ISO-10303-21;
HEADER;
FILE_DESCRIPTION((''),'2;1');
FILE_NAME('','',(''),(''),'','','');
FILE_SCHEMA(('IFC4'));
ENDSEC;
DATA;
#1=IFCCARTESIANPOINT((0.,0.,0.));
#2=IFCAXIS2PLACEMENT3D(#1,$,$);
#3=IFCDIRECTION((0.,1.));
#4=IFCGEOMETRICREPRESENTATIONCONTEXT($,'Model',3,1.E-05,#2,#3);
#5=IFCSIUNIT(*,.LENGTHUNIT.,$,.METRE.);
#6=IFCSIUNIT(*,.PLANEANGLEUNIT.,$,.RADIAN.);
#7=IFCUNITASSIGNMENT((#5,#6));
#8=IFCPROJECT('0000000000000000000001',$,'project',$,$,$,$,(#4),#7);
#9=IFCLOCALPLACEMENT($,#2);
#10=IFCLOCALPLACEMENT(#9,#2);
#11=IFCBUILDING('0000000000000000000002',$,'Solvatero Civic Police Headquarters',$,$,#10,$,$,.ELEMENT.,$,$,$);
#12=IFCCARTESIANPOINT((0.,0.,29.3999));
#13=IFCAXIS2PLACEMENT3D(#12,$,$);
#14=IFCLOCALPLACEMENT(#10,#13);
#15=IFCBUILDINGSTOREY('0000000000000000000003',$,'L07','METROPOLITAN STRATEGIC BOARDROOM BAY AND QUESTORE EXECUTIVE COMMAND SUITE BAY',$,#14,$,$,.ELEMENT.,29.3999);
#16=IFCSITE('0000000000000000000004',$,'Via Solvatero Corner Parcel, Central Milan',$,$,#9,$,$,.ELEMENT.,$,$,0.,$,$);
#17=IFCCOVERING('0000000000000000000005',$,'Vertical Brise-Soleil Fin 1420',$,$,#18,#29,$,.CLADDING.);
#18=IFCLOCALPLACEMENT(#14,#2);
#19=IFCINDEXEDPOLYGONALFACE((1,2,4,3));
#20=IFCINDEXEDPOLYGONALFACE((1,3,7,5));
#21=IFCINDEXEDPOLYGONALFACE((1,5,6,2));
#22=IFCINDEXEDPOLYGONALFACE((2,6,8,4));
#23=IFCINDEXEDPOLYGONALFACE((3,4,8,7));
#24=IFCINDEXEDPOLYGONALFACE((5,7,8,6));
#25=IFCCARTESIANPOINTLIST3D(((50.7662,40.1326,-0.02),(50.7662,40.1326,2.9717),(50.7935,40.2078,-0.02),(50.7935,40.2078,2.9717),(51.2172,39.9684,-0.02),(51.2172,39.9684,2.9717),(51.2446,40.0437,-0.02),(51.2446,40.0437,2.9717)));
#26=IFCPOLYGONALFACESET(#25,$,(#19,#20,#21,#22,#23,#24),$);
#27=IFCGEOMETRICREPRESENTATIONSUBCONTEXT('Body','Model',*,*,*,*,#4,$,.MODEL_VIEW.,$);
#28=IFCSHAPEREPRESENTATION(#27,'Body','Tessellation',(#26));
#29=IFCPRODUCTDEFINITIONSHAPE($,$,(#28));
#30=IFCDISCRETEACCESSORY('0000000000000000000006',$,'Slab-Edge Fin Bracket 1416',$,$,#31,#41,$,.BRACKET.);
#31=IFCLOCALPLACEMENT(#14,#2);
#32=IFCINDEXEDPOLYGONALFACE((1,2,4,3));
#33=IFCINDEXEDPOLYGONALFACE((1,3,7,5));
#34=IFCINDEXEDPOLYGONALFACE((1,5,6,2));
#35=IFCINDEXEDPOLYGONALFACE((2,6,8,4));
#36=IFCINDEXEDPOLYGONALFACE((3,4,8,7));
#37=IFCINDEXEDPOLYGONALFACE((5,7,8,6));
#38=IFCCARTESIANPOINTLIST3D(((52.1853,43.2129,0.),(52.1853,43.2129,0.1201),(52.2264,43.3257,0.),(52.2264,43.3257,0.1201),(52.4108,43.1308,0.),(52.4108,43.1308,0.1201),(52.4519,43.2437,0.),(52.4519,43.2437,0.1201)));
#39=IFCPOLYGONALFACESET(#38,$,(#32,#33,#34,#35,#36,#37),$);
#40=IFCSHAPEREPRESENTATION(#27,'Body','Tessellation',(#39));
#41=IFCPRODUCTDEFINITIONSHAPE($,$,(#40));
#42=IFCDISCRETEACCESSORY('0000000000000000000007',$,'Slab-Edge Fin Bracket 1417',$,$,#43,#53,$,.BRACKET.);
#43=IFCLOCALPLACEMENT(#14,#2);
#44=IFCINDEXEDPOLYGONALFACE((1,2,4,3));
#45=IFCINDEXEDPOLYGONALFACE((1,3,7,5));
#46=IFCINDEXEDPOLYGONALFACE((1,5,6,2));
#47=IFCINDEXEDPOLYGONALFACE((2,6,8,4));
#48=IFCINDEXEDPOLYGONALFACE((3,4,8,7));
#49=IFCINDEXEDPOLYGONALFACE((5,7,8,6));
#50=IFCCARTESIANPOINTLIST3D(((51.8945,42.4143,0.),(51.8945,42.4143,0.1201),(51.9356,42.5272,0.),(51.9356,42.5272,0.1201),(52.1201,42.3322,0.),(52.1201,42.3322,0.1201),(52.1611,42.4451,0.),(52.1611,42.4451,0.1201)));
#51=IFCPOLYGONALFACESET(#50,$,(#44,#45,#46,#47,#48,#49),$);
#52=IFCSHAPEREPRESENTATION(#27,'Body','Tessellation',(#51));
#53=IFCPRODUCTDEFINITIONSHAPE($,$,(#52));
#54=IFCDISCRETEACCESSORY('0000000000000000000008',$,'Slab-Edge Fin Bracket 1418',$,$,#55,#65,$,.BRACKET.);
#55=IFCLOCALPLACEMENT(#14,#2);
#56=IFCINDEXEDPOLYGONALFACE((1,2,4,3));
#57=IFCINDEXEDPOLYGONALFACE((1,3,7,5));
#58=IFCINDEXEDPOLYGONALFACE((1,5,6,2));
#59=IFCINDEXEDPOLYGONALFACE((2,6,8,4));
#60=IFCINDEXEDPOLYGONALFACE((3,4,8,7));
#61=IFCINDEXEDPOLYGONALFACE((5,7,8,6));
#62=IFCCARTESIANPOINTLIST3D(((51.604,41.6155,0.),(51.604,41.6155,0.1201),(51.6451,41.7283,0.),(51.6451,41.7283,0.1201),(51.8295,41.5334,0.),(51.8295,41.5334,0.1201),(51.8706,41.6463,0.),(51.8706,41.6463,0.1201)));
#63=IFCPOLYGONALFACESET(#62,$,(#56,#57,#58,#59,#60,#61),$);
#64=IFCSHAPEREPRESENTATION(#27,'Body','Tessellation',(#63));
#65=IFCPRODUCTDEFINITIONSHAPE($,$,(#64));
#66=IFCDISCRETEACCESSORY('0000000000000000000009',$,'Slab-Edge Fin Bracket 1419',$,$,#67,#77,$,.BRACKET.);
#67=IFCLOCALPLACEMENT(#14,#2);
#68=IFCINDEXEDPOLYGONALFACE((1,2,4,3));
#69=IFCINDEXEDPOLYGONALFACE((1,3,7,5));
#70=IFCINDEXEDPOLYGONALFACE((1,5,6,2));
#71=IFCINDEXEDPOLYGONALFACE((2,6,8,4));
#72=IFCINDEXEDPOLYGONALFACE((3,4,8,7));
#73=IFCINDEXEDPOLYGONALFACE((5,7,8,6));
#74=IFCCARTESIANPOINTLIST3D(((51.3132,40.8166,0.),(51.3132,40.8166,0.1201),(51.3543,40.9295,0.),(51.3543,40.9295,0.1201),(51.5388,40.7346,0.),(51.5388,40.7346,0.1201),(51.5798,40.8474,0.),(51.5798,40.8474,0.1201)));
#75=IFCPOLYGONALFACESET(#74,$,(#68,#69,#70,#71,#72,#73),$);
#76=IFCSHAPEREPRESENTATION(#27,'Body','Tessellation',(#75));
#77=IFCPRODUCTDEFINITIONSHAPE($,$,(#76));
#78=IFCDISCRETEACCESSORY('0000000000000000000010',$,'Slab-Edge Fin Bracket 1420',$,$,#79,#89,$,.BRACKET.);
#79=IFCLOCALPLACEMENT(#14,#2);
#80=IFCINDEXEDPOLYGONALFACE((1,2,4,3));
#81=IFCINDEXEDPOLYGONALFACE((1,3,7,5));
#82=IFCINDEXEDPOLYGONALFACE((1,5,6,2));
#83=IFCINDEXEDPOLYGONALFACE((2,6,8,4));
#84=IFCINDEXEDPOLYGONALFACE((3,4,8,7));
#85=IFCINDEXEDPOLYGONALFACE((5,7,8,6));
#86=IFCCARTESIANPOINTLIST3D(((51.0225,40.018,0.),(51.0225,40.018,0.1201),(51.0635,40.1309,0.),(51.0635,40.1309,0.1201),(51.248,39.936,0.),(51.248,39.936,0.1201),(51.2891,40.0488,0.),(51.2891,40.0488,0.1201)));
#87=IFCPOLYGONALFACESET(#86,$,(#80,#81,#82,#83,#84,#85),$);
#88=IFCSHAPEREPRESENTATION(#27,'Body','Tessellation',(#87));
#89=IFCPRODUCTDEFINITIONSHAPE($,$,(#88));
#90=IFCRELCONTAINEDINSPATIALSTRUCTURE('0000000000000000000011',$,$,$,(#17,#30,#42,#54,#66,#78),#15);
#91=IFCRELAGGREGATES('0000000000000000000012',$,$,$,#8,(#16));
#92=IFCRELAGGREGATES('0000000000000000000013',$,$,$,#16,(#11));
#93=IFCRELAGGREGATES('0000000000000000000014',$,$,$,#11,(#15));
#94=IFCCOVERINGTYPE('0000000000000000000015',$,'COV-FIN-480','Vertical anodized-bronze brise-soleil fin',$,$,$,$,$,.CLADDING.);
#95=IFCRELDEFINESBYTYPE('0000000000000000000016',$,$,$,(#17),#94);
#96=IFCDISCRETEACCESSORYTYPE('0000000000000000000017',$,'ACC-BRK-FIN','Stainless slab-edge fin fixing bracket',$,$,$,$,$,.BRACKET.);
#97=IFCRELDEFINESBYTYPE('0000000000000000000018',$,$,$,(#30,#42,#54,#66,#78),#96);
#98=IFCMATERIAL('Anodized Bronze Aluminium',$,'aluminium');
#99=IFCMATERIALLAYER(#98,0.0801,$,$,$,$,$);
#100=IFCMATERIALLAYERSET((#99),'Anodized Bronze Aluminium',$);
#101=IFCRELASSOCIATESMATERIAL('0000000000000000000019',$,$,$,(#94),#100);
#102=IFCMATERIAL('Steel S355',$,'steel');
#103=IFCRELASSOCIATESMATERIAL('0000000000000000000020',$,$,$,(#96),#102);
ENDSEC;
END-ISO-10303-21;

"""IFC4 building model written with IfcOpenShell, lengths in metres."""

from ifc_helpers import new_model, si_unit, direction, frame, origin, origin_2d, place, context, subcontext, project, spatial, rectangle, extrude, material, layer, layer_set, type_object, element, save


model = new_model("IFC4")

# Units and contexts
model_context = context("Model", 3, precision=1e-05, world=origin(), true_north=direction((0.0, 1.0)))
body_context = subcontext(model_context, "Body", "Model", "MODEL_VIEW")
ifc_project = project(units=[si_unit("LENGTHUNIT", "METRE"), si_unit("PLANEANGLEUNIT", "RADIAN")], contexts=[model_context])

# Site, building, storey
site_placement = place(None, origin())
site = spatial("IfcSite", under=ifc_project, at=site_placement, Name="Via Solvatero Corner Parcel, Central Milan", CompositionType="ELEMENT", RefElevation=0.0)
building_placement = place(site_placement, origin())
building = spatial("IfcBuilding", under=site, at=building_placement, Name="Solvatero Civic Police Headquarters", CompositionType="ELEMENT")
storey_placement = place(building_placement, frame((0.0, 0.0, 29.3999)))
storey = spatial("IfcBuildingStorey", under=building, at=storey_placement, Name="L07", Description="METROPOLITAN STRATEGIC BOARDROOM BAY AND QUESTORE EXECUTIVE COMMAND SUITE BAY", CompositionType="ELEMENT", Elevation=29.3999)

# Shared definitions
ifc_material_1 = material(Name="Anodized Bronze Aluminium", Category="aluminium")

# Covering
ifc_layer_1 = layer(ifc_material_1, 0.0801)
ifc_layer_set_1 = layer_set([ifc_layer_1], Name="Anodized Bronze Aluminium")
covering_type = type_object("IfcCoveringType", Name="COV-FIN-480", Description="Vertical anodized-bronze brise-soleil fin", PredefinedType="CLADDING", material=ifc_layer_set_1)
for number, where, z_axis, x_axis, name in (
    (1, (51.0054, 40.0881, -0.02), (0.0, 0.0, 1.0), (-0.342004, -0.939699, 0.0), "Vertical Brise-Soleil Fin 1420"),
):
    element("IfcCovering", number, at=place(storey_placement, frame(where, z_axis=z_axis, x_axis=x_axis)), inside=storey, type_object=covering_type, Name=name, PredefinedType="CLADDING", context=body_context, shape_type="SweptSolid", body=[
        extrude(rectangle(XDim=0.0801, YDim=0.48, at=origin_2d()), origin(), (0.0, 0.0, 1.0), 2.9917),
    ])

# Discrete accessories
ifc_material_2 = material(Name="Steel S355", Category="steel")
discrete_accessory_type = type_object("IfcDiscreteAccessoryType", Name="ACC-BRK-FIN", Description="Stainless slab-edge fin fixing bracket", PredefinedType="BRACKET", material=ifc_material_2)
for number, where, z_axis, x_axis, name in (
    (2, (52.3186, 43.2283, 0.0), (0.0, 0.0, 1.0), (-0.342004, -0.939699, 0.0), "Slab-Edge Fin Bracket 1416"),
    (3, (52.0278, 42.4297, 0.0), (0.0, 0.0, 1.0), (-0.342004, -0.939699, 0.0), "Slab-Edge Fin Bracket 1417"),
    (4, (51.7373, 41.6309, 0.0), (0.0, 0.0, 1.0), (-0.342004, -0.939699, 0.0), "Slab-Edge Fin Bracket 1418"),
    (5, (51.4465, 40.832, 0.0), (0.0, 0.0, 1.0), (-0.342004, -0.939699, 0.0), "Slab-Edge Fin Bracket 1419"),
    (6, (51.1558, 40.0334, 0.0), (0.0, 0.0, 1.0), (-0.342004, -0.939699, 0.0), "Slab-Edge Fin Bracket 1420"),
):
    element("IfcDiscreteAccessory", number, at=place(storey_placement, frame(where, z_axis=z_axis, x_axis=x_axis)), inside=storey, type_object=discrete_accessory_type, Name=name, PredefinedType="BRACKET", context=body_context, shape_type="SweptSolid", body=[
        extrude(rectangle(XDim=0.1201, YDim=0.24, at=origin_2d()), origin(), (0.0, 0.0, 1.0), 0.1201),
    ])

save(model, "model.ifc")
